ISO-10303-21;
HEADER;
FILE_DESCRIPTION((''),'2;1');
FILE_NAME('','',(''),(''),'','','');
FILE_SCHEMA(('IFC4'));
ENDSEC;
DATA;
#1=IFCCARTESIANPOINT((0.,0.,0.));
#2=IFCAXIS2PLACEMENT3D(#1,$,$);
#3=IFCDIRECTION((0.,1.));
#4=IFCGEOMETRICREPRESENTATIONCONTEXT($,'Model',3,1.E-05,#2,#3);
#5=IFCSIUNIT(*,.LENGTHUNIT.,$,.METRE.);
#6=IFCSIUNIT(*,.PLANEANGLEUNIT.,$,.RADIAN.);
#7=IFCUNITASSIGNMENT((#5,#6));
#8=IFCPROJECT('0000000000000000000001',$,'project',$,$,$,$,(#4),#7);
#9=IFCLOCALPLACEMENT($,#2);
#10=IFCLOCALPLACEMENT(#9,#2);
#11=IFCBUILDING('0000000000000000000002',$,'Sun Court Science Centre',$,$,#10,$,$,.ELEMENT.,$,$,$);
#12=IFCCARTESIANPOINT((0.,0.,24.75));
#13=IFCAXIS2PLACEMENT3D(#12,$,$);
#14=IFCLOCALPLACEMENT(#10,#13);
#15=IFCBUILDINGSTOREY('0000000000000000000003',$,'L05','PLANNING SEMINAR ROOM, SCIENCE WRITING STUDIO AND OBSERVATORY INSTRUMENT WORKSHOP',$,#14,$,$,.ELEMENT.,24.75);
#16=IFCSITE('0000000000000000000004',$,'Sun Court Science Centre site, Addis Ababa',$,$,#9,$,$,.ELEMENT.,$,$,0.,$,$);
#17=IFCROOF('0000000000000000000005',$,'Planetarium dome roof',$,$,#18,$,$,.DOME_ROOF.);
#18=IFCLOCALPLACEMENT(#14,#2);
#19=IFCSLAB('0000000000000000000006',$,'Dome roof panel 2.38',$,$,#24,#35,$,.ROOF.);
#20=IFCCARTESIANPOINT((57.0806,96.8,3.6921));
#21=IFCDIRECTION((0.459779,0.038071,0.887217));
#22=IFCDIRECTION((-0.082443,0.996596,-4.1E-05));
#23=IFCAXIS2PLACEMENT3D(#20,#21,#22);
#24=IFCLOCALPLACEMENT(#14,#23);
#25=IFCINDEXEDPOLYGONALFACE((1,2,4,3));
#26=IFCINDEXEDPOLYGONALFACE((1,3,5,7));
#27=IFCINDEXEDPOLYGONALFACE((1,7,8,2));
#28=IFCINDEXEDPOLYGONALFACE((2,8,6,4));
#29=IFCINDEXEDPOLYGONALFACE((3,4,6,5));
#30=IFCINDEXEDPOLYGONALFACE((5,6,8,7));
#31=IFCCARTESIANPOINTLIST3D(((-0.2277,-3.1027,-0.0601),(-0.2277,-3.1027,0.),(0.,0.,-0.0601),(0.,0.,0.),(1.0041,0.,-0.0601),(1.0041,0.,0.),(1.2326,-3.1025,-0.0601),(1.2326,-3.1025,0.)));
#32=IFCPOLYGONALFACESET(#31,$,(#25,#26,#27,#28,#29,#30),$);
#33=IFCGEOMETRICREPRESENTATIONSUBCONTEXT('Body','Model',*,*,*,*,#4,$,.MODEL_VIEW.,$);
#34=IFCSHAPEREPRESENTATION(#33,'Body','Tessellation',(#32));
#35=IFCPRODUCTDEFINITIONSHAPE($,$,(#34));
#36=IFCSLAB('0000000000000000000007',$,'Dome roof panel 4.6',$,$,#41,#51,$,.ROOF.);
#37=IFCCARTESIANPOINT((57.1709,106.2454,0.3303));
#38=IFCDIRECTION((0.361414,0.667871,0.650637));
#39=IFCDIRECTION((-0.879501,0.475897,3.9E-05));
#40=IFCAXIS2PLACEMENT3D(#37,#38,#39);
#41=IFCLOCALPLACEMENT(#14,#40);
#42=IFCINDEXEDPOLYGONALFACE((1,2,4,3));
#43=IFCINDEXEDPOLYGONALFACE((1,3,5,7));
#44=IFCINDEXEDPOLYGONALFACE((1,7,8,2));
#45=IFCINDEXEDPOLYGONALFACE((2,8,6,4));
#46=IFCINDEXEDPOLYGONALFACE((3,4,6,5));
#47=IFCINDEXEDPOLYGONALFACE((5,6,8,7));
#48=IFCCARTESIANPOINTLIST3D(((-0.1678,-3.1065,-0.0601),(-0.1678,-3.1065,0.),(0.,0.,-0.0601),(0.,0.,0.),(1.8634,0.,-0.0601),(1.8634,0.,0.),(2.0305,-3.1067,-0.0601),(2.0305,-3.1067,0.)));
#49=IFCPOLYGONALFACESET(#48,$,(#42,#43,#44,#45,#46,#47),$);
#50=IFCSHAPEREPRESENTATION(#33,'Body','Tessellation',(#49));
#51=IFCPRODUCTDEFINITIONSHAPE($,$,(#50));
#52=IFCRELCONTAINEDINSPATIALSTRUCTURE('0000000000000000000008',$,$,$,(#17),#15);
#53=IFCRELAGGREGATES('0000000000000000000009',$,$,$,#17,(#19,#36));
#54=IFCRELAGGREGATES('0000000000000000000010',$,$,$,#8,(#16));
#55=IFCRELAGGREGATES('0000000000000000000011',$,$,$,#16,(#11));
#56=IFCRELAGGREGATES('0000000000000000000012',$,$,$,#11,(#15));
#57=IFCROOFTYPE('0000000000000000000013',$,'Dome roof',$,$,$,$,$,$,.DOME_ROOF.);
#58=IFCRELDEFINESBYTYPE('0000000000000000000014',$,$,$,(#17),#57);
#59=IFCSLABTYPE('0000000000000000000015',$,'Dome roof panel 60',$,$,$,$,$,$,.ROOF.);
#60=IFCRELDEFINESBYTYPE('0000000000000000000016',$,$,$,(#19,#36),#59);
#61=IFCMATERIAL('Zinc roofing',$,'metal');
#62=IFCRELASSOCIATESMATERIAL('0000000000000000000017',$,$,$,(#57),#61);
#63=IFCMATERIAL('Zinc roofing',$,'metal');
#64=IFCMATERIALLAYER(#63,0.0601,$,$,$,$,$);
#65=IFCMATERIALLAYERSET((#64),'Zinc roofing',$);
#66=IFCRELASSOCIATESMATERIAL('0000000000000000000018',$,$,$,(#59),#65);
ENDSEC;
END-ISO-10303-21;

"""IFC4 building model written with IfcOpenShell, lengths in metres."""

from ifc_helpers import new_model, si_unit, direction, frame, origin, place, context, subcontext, project, spatial, polyline, outline, extrude, material, layer, layer_set, type_object, element, aggregate, save


model = new_model("IFC4")

# Units and contexts
model_context = context("Model", 3, precision=1e-05, world=origin(), true_north=direction((0.0, 1.0)))
body_context = subcontext(model_context, "Body", "Model", "MODEL_VIEW")
ifc_project = project(units=[si_unit("LENGTHUNIT", "METRE"), si_unit("PLANEANGLEUNIT", "RADIAN")], contexts=[model_context])

# Site, building, storey
site_placement = place(None, origin())
site = spatial("IfcSite", under=ifc_project, at=site_placement, Name="Sun Court Science Centre site, Addis Ababa", CompositionType="ELEMENT", RefElevation=0.0)
building_placement = place(site_placement, origin())
building = spatial("IfcBuilding", under=site, at=building_placement, Name="Sun Court Science Centre", CompositionType="ELEMENT")
storey_placement = place(building_placement, frame((0.0, 0.0, 24.75)))
storey = spatial("IfcBuildingStorey", under=building, at=storey_placement, Name="L05", Description="PLANNING SEMINAR ROOM, SCIENCE WRITING STUDIO AND OBSERVATORY INSTRUMENT WORKSHOP", CompositionType="ELEMENT", Elevation=24.75)

# Roof, slabs
ifc_material_1 = material(Name="Zinc roofing", Category="metal")
roof_type = type_object("IfcRoofType", Name="Dome roof", PredefinedType="DOME_ROOF", material=ifc_material_1)
roof_placement = place(storey_placement, origin())
roof = element("IfcRoof", 1, at=roof_placement, inside=storey, type_object=roof_type, Name="Planetarium dome roof", PredefinedType="DOME_ROOF")
ifc_material_2 = material(Name="Zinc roofing", Category="metal")
ifc_layer = layer(ifc_material_2, 0.0601)
ifc_layer_set = layer_set([ifc_layer], Name="Zinc roofing")
slab_type = type_object("IfcSlabType", Name="Dome roof panel 60", PredefinedType="ROOF", material=ifc_layer_set)
slab_1_placement = place(storey_placement, frame((57.0806, 96.8, 3.6921), z_axis=(0.459779, 0.038071, 0.887217), x_axis=(-0.082443, 0.996596, -0.000041)))
slab_1 = element("IfcSlab", 2, at=slab_1_placement, type_object=slab_type, Name="Dome roof panel 2.38", PredefinedType="ROOF", context=body_context, shape_type="SweptSolid", body=[
    extrude(outline(polyline([(0.0, 0.0), (1.0041, 0.0), (1.2326, -3.1025), (-0.2277, -3.1027), (0.0, 0.0)])), origin(), (0.0, 0.0, -1.0), 0.0601),
])
slab_2_placement = place(storey_placement, frame((57.1709, 106.2454, 0.3303), z_axis=(0.361414, 0.667871, 0.650637), x_axis=(-0.879501, 0.475897, 0.000039)))
slab_2 = element("IfcSlab", 3, at=slab_2_placement, type_object=slab_type, Name="Dome roof panel 4.6", PredefinedType="ROOF", context=body_context, shape_type="SweptSolid", body=[
    extrude(outline(polyline([(0.0, 0.0), (1.8634, 0.0), (2.0305, -3.1067), (-0.1678, -3.1065), (0.0, 0.0)])), origin(), (0.0, 0.0, -1.0), 0.0601),
])
aggregate(roof, [slab_1, slab_2])

save(model, "model.ifc")
